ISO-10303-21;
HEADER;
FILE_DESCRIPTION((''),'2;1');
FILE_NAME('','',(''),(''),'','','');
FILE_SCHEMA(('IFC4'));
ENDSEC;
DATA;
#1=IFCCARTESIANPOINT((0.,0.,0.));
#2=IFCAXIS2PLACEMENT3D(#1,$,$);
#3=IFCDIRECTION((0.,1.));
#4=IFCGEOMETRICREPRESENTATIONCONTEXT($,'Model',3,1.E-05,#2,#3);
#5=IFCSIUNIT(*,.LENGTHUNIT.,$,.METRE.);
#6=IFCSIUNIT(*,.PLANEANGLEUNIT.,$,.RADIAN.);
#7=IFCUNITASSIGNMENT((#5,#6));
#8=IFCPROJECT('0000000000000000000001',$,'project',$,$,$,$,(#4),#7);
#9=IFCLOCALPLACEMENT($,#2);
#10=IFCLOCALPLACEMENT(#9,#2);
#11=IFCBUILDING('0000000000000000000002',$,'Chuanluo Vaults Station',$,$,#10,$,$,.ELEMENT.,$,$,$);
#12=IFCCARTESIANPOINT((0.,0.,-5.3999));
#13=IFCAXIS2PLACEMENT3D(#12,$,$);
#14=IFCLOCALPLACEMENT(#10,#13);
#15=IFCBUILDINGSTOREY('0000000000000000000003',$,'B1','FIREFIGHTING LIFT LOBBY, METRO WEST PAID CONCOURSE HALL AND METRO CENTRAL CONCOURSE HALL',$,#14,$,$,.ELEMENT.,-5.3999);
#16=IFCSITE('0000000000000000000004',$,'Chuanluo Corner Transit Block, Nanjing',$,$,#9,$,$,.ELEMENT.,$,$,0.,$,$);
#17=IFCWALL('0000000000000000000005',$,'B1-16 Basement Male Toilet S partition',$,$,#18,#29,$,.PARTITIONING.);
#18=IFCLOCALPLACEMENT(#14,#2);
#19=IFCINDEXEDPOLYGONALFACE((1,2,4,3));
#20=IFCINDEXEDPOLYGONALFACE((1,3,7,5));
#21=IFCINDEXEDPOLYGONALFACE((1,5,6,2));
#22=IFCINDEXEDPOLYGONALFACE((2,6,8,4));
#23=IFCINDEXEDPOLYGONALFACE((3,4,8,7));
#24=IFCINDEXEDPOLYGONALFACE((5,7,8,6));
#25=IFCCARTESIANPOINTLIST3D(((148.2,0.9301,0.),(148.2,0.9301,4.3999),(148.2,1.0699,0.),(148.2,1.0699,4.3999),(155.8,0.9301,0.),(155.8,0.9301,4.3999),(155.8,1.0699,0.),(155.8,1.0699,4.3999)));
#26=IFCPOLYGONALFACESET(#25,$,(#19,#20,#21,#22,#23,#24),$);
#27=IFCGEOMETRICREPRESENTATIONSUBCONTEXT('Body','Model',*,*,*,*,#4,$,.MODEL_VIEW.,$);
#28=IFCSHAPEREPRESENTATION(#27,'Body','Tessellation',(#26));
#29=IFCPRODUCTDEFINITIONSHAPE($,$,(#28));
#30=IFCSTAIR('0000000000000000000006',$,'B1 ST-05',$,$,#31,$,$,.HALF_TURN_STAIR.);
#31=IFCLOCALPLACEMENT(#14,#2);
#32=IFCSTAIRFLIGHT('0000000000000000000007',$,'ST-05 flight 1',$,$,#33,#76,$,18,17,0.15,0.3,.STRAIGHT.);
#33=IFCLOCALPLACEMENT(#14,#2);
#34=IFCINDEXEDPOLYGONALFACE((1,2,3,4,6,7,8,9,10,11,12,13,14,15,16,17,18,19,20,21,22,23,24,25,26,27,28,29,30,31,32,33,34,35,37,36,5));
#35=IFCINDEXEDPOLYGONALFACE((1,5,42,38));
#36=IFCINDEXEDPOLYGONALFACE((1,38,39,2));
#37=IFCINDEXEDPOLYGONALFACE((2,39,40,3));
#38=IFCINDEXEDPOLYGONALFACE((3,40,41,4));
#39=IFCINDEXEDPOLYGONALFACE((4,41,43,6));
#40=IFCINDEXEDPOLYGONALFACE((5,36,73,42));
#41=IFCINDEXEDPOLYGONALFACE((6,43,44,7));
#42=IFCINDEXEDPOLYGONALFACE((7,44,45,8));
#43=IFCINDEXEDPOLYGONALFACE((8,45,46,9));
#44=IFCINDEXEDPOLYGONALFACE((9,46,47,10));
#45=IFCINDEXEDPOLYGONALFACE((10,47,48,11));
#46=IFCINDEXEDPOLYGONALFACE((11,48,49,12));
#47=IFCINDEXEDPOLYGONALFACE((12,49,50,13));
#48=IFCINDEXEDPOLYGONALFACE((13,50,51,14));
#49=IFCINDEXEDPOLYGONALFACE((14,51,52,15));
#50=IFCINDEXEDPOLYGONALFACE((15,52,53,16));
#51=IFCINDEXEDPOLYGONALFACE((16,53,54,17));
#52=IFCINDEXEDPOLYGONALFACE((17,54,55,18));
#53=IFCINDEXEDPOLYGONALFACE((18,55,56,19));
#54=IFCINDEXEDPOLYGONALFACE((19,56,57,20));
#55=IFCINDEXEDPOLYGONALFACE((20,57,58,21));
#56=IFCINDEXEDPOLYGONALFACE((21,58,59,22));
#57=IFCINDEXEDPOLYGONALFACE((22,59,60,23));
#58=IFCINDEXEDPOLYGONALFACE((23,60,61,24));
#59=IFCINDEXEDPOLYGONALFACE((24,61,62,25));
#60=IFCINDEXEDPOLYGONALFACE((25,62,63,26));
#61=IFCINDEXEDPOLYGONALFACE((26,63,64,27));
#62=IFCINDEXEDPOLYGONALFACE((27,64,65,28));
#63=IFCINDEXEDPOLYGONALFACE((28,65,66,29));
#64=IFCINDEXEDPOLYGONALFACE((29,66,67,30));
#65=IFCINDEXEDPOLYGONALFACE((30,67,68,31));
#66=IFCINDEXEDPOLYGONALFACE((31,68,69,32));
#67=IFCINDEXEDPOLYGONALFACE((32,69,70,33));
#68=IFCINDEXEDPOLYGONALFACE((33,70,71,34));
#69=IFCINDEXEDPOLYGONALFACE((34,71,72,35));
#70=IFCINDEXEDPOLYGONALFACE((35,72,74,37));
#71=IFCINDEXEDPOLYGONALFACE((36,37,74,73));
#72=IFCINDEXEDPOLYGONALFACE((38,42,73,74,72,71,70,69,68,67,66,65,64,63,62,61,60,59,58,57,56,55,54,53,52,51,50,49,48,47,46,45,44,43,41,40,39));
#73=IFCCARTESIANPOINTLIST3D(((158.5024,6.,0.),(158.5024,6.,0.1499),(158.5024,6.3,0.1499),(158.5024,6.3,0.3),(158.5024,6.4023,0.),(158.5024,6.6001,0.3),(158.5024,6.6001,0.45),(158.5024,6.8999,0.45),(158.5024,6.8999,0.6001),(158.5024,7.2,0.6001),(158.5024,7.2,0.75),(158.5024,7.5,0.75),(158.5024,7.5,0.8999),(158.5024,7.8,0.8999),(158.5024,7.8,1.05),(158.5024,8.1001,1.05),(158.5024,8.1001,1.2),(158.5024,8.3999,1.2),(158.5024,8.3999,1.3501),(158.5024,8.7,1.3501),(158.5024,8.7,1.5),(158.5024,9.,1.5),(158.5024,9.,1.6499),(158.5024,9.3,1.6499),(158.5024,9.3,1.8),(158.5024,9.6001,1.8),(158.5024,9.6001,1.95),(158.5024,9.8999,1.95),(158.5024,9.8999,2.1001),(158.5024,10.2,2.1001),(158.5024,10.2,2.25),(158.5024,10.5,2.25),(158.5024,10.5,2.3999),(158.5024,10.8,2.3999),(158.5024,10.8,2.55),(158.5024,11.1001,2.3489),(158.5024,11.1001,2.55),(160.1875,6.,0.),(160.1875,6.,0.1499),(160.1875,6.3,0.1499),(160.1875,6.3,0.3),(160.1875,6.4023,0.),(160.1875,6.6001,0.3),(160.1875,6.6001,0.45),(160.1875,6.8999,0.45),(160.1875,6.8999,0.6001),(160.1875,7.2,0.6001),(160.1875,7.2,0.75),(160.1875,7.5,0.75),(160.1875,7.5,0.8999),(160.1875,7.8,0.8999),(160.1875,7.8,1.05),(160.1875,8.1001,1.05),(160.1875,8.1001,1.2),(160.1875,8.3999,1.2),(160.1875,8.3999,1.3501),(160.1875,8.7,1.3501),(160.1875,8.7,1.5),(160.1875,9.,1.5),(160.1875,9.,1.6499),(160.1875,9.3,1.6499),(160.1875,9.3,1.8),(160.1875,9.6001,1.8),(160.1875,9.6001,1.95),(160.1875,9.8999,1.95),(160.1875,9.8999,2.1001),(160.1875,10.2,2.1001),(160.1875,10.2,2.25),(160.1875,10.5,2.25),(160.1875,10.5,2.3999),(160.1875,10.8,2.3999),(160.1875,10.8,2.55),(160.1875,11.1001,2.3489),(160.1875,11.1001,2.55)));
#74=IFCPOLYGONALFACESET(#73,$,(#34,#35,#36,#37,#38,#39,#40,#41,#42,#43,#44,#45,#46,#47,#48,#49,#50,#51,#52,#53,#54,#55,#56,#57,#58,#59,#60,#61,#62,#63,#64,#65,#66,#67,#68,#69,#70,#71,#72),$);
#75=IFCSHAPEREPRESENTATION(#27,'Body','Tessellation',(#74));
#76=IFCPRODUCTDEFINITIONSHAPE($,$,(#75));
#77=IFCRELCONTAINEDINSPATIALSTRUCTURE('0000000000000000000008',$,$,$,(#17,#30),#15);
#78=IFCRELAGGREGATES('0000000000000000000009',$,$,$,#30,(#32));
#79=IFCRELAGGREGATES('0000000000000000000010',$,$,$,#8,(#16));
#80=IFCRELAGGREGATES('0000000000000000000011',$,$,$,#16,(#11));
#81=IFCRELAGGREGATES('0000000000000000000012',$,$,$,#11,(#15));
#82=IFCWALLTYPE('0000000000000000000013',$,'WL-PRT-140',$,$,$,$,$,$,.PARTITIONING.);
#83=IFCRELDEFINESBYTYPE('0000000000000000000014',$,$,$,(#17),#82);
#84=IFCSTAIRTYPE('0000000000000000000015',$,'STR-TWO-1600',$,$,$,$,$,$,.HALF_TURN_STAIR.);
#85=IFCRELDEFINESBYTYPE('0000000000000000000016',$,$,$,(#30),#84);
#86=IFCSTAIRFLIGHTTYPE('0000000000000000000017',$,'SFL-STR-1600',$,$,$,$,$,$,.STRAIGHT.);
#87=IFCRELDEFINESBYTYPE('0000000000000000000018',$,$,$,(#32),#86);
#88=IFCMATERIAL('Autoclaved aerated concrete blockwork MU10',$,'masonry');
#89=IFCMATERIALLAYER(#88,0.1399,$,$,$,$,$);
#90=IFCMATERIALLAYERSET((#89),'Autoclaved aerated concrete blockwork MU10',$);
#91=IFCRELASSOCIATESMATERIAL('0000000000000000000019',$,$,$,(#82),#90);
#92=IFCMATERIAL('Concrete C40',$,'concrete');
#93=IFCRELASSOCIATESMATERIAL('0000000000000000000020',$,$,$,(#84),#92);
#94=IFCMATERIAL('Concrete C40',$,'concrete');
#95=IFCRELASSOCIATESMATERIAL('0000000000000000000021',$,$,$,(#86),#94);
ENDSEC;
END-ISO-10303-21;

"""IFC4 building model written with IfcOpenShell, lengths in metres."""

from ifc_helpers import new_model, si_unit, direction, frame, frame_2d, origin, place, context, subcontext, project, spatial, polyline, rectangle, outline, extrude, material, layer, layer_set, type_object, element, aggregate, save


model = new_model("IFC4")

# Units and contexts
model_context = context("Model", 3, precision=1e-05, world=origin(), true_north=direction((0.0, 1.0)))
body_context = subcontext(model_context, "Body", "Model", "MODEL_VIEW")
ifc_project = project(units=[si_unit("LENGTHUNIT", "METRE"), si_unit("PLANEANGLEUNIT", "RADIAN")], contexts=[model_context])

# Site, building, storey
site_placement = place(None, origin())
site = spatial("IfcSite", under=ifc_project, at=site_placement, Name="Chuanluo Corner Transit Block, Nanjing", CompositionType="ELEMENT", RefElevation=0.0)
building_placement = place(site_placement, origin())
building = spatial("IfcBuilding", under=site, at=building_placement, Name="Chuanluo Vaults Station", CompositionType="ELEMENT")
storey_placement = place(building_placement, frame((0.0, 0.0, -5.3999)))
storey = spatial("IfcBuildingStorey", under=building, at=storey_placement, Name="B1", Description="FIREFIGHTING LIFT LOBBY, METRO WEST PAID CONCOURSE HALL AND METRO CENTRAL CONCOURSE HALL", CompositionType="ELEMENT", Elevation=-5.3999)

# Wall
ifc_material_1 = material(Name="Autoclaved aerated concrete blockwork MU10", Category="masonry")
ifc_layer_1 = layer(ifc_material_1, 0.1399)
ifc_layer_set_1 = layer_set([ifc_layer_1], Name="Autoclaved aerated concrete blockwork MU10")
wall_type_1 = type_object("IfcWallType", Name="WL-PRT-140", PredefinedType="PARTITIONING", material=ifc_layer_set_1)
wall_1_placement = place(storey_placement, frame((155.8, 1.0, 0.0), z_axis=(0.0, 0.0, 1.0), x_axis=(-1.0, 0.0, 0.0)))
element("IfcWall", 1, at=wall_1_placement, inside=storey, type_object=wall_type_1, Name="B1-16 Basement Male Toilet S partition", PredefinedType="PARTITIONING", context=body_context, shape_type="SweptSolid", body=[
    extrude(rectangle(XDim=7.6001, YDim=0.1399, at=frame_2d((3.8, 0.0))), origin(), (0.0, 0.0, 1.0), 4.3999),
])

# Stair, stair flight
ifc_material_2 = material(Name="Concrete C40", Category="concrete")
stair_type = type_object("IfcStairType", Name="STR-TWO-1600", PredefinedType="HALF_TURN_STAIR", material=ifc_material_2)
stair_placement = place(storey_placement, origin())
stair = element("IfcStair", 2, at=stair_placement, inside=storey, type_object=stair_type, Name="B1 ST-05", PredefinedType="HALF_TURN_STAIR")
ifc_material_3 = material(Name="Concrete C40", Category="concrete")
stair_flight_type = type_object("IfcStairFlightType", Name="SFL-STR-1600", PredefinedType="STRAIGHT", material=ifc_material_3)
stair_flight_placement = place(storey_placement, frame((159.345, 6.0, 0.0), z_axis=(0.0, 0.0, 1.0), x_axis=(0.0, 1.0, 0.0)))
stair_flight = element("IfcStairFlight", 3, at=stair_flight_placement, type_object=stair_flight_type, Name="ST-05 flight 1", NumberOfRisers=18, NumberOfTreads=17, PredefinedType="STRAIGHT", RiserHeight=0.15, TreadLength=0.3, context=body_context, shape_type="SweptSolid", body=[
    extrude(outline(polyline([(0.0, 0.0), (0.0, 0.1499), (0.3, 0.1499), (0.3, 0.3), (0.6001, 0.3), (0.6001, 0.45), (0.8999, 0.45), (0.8999, 0.6001), (1.2, 0.6001), (1.2, 0.75), (1.5, 0.75), (1.5, 0.8999), (1.8, 0.8999), (1.8, 1.05), (2.1001, 1.05), (2.1001, 1.2), (2.3999, 1.2), (2.3999, 1.3501), (2.7, 1.3501), (2.7, 1.5), (3.0, 1.5), (3.0, 1.6499), (3.3, 1.6499), (3.3, 1.8), (3.6001, 1.8), (3.6001, 1.95), (3.8999, 1.95), (3.8999, 2.1001), (4.2, 2.1001), (4.2, 2.25), (4.5, 2.25), (4.5, 2.3999), (4.8, 2.3999), (4.8, 2.55), (5.1001, 2.55), (5.1001, 2.7), (5.1001, 2.3489), (0.4023, 0.0), (0.0, 0.0)])), frame((0.0, 0.8425, 0.0), z_axis=(0.0, -1.0, 0.0), x_axis=(1.0, 0.0, 0.0)), (0.0, 0.0, 1.0), 1.6851),
])
aggregate(stair, [stair_flight])

save(model, "model.ifc")
